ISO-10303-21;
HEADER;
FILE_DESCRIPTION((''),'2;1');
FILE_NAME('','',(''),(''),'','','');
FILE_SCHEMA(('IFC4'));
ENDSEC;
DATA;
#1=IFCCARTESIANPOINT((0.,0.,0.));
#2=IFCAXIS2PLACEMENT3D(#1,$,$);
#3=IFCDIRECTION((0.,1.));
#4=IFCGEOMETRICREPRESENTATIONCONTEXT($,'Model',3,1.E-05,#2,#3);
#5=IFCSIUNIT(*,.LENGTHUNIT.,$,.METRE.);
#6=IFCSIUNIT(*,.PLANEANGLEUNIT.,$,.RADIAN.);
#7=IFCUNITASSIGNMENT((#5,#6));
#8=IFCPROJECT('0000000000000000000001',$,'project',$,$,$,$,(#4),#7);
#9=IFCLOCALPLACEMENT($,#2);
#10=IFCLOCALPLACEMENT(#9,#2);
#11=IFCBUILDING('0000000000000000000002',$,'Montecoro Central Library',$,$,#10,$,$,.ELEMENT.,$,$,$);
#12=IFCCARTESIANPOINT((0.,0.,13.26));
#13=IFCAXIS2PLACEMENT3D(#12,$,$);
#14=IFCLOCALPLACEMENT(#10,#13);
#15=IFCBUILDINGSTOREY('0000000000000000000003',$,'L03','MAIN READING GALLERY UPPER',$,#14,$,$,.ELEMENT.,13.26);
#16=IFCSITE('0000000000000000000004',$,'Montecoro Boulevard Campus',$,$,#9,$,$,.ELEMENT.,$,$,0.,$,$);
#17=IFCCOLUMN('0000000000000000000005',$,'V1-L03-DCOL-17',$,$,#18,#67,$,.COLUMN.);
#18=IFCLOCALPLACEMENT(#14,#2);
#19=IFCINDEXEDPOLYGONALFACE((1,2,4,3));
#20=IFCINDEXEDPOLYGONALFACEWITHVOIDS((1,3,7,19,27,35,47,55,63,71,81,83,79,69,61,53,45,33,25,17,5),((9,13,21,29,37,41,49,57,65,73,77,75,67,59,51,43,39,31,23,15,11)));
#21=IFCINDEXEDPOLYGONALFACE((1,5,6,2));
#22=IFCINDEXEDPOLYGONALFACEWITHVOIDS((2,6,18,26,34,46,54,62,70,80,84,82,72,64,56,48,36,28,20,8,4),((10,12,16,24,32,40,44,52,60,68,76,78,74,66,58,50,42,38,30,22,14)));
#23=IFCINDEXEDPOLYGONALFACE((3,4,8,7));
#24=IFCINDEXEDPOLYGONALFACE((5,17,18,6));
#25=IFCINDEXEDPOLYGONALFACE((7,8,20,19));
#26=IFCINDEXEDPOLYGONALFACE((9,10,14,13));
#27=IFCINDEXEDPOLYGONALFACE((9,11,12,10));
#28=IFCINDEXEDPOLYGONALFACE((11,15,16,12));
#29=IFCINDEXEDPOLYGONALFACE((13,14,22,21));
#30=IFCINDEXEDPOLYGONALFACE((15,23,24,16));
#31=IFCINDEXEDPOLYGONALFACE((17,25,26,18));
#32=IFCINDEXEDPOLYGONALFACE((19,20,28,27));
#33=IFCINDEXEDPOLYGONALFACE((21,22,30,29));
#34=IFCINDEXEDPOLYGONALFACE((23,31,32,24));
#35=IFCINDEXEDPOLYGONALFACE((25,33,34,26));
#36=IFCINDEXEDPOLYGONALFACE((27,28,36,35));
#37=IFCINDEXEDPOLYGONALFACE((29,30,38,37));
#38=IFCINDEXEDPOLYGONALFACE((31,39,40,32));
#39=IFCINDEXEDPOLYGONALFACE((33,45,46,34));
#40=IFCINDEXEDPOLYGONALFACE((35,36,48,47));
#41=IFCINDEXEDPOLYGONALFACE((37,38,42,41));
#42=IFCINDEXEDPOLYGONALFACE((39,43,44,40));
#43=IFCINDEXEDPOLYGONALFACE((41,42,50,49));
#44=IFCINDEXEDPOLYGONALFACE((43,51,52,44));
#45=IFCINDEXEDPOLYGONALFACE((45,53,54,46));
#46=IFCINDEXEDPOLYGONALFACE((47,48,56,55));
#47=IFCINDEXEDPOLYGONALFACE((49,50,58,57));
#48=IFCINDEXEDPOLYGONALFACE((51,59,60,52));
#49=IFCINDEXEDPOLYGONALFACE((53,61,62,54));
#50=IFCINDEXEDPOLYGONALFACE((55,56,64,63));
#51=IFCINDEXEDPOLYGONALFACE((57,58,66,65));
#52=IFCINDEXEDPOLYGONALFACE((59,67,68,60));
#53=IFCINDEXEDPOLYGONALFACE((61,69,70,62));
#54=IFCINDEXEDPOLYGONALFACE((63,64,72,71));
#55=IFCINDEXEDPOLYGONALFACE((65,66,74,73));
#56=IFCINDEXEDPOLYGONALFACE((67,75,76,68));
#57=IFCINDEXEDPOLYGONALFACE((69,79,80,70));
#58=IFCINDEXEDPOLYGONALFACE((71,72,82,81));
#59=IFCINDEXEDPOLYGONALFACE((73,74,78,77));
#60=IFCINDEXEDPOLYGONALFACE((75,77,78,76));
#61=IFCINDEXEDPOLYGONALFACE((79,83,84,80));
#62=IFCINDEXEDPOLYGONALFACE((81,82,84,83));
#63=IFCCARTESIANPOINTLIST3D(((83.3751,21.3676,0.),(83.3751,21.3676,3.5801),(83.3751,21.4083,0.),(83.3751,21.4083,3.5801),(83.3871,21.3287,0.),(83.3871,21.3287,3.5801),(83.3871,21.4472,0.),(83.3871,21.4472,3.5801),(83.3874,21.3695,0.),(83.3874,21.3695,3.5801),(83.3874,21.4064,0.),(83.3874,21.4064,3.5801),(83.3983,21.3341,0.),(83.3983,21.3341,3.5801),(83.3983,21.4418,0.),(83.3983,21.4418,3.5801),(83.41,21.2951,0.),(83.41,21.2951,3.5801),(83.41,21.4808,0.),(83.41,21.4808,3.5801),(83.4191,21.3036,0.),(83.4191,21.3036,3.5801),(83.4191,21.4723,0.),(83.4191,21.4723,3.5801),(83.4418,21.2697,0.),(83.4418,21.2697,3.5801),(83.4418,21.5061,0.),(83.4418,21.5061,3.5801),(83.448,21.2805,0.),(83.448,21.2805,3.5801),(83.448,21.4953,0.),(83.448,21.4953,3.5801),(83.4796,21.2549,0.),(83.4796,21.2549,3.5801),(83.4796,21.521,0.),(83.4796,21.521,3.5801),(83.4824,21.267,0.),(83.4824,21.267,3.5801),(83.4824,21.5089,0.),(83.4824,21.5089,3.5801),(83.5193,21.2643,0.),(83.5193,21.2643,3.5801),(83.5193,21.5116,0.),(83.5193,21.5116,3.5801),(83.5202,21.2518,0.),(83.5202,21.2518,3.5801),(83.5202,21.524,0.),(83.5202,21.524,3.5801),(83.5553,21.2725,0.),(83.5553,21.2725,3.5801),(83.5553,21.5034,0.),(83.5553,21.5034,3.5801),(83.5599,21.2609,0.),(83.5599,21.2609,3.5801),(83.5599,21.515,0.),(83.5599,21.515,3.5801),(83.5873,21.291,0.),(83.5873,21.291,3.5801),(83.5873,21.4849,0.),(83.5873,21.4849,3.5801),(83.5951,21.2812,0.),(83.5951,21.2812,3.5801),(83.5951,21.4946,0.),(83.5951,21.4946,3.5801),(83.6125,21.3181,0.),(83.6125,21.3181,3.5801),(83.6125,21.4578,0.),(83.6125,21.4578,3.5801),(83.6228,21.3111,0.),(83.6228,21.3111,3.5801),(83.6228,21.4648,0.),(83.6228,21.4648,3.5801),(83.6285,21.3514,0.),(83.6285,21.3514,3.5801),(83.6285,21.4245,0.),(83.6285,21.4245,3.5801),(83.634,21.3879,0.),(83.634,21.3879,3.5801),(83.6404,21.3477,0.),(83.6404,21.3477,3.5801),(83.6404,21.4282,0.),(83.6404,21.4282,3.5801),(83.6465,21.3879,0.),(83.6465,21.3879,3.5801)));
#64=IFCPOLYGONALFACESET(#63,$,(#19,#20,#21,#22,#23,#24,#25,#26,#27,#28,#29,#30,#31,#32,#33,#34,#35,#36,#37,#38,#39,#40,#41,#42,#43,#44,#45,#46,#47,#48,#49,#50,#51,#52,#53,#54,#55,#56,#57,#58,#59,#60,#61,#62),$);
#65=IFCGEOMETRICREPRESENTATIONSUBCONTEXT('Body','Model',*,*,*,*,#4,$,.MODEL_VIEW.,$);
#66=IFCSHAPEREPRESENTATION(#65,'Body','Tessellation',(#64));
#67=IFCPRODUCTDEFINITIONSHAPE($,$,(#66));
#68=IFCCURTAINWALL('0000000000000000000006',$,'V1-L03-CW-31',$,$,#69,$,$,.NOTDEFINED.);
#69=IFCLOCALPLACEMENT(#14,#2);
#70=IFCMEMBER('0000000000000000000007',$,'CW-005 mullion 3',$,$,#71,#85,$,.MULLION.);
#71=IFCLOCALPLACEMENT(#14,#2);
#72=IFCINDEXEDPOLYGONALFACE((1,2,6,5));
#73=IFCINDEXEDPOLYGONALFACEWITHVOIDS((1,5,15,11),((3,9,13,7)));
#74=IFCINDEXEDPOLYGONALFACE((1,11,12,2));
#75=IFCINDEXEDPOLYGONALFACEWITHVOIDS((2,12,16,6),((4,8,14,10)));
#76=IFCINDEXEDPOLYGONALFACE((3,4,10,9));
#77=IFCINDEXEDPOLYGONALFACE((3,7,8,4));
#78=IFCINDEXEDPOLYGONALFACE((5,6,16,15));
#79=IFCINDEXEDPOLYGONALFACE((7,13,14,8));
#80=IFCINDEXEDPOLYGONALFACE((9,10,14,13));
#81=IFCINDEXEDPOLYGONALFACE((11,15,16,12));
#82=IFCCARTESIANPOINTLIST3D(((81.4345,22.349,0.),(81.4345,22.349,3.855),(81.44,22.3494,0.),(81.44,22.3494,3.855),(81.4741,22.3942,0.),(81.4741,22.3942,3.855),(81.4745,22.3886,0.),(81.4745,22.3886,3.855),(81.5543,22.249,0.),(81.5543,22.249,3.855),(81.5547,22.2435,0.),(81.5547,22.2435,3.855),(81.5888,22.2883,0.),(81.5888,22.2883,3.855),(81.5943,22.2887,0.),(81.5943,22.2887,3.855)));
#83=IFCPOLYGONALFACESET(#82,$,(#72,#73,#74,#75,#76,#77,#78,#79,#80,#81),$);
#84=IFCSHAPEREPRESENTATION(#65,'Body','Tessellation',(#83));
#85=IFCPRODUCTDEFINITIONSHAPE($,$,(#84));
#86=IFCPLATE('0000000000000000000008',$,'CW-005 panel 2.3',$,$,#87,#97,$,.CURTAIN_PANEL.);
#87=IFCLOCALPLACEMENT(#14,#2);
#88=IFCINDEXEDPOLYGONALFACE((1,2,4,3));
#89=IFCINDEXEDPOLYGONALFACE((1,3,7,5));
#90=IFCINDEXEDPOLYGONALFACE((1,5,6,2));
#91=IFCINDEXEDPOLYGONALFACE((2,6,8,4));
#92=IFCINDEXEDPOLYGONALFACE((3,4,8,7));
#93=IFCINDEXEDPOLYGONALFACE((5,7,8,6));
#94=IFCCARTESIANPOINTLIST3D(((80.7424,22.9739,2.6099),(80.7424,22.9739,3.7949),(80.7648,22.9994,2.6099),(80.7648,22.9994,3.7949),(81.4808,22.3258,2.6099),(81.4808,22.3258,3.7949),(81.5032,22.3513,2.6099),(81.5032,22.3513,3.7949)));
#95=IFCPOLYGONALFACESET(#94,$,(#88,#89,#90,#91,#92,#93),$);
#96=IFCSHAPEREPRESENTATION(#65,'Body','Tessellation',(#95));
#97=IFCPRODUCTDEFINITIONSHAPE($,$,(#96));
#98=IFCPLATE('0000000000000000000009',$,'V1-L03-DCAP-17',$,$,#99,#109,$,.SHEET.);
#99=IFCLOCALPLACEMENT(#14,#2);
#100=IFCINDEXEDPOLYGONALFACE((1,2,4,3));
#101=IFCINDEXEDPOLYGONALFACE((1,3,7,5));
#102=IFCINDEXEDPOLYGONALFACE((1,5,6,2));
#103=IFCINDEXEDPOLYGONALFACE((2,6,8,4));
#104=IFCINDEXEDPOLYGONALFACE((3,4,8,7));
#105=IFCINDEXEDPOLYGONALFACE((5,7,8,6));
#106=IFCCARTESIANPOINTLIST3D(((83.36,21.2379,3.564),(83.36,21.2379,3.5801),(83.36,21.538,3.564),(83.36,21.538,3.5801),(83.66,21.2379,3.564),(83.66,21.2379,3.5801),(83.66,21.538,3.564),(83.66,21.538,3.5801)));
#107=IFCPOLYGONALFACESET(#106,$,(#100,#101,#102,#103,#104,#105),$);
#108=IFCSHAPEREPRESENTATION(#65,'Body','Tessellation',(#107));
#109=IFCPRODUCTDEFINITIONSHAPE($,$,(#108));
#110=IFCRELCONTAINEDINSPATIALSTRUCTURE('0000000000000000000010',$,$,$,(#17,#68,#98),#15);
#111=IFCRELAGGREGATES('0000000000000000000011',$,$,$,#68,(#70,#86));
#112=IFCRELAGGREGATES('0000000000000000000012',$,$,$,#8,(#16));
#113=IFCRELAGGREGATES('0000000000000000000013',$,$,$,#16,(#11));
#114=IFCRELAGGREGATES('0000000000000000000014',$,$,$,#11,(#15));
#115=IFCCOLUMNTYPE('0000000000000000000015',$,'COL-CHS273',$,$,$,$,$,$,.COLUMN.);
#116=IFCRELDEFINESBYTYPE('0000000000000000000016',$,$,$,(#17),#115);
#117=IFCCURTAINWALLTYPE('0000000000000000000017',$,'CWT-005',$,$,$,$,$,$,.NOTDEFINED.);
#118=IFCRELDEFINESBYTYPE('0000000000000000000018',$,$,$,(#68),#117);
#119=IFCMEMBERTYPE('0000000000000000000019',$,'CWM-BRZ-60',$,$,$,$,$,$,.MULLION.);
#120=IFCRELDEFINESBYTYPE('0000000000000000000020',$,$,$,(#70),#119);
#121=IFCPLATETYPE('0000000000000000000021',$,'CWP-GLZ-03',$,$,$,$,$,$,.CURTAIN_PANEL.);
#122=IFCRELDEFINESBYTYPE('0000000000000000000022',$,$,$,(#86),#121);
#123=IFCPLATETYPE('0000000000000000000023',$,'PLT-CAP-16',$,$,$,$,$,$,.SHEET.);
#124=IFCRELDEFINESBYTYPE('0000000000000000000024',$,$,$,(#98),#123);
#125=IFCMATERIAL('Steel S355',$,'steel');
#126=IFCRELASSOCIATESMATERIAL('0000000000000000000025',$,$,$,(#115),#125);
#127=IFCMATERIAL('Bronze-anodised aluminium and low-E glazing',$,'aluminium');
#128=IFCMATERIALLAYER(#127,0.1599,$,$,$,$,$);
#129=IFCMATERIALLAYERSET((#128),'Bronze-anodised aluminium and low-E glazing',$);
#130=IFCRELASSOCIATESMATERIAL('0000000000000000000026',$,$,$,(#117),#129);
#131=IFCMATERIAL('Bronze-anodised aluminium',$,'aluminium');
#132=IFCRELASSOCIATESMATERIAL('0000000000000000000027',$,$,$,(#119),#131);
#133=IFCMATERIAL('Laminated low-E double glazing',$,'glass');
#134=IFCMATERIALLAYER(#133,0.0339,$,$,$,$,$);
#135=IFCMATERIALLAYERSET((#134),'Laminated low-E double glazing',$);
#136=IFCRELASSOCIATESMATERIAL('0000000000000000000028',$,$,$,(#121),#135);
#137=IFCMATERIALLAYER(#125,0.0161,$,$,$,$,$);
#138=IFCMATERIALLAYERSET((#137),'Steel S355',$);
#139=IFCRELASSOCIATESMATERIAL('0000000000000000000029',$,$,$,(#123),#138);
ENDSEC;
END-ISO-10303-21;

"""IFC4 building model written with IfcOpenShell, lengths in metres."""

from ifc_helpers import new_model, si_unit, direction, frame, origin, origin_2d, place, context, subcontext, project, spatial, rectangle, hollow_rectangle, hollow_circle, extrude, material, layer, layer_set, material_profile, profile_set, type_object, element, aggregate, save


model = new_model("IFC4")

# Units and contexts
model_context = context("Model", 3, precision=1e-05, world=origin(), true_north=direction((0.0, 1.0)))
body_context = subcontext(model_context, "Body", "Model", "MODEL_VIEW")
ifc_project = project(units=[si_unit("LENGTHUNIT", "METRE"), si_unit("PLANEANGLEUNIT", "RADIAN")], contexts=[model_context])

# Site, building, storey
site_placement = place(None, origin())
site = spatial("IfcSite", under=ifc_project, at=site_placement, Name="Montecoro Boulevard Campus", CompositionType="ELEMENT", RefElevation=0.0)
building_placement = place(site_placement, origin())
building = spatial("IfcBuilding", under=site, at=building_placement, Name="Montecoro Central Library", CompositionType="ELEMENT")
storey_placement = place(building_placement, frame((0.0, 0.0, 13.26)))
storey = spatial("IfcBuildingStorey", under=building, at=storey_placement, Name="L03", Description="MAIN READING GALLERY UPPER", CompositionType="ELEMENT", Elevation=13.26)

# Column
ifc_material_1 = material(Name="Steel S355", Category="steel")
ifc_material_profile_1 = material_profile(ifc_material_1, hollow_circle(Radius=0.1365, WallThickness=0.0125, at=origin_2d()), Name="CHS 273.0x12.5")
ifc_profile_set_1 = profile_set([ifc_material_profile_1], Name="Steel S355")
column_type = type_object("IfcColumnType", Name="COL-CHS273", PredefinedType="COLUMN", material=ifc_profile_set_1)
column_placement = place(storey_placement, frame((83.51, 21.3879, 0.0), z_axis=(0.0, 0.0, 1.0), x_axis=(1.0, 0.0, 0.0)))
element("IfcColumn", 1, at=column_placement, inside=storey, type_object=column_type, Name="V1-L03-DCOL-17", PredefinedType="COLUMN", context=body_context, shape_type="SweptSolid", body=[
    extrude(hollow_circle(Radius=0.1365, WallThickness=0.0125, at=origin_2d()), origin(), (0.0, 0.0, 1.0), 3.5801),
])

# Curtain wall, member, plate
ifc_material_2 = material(Name="Bronze-anodised aluminium and low-E glazing", Category="aluminium")
ifc_layer_1 = layer(ifc_material_2, 0.1599)
ifc_layer_set_1 = layer_set([ifc_layer_1], Name="Bronze-anodised aluminium and low-E glazing")
curtain_wall_type = type_object("IfcCurtainWallType", Name="CWT-005", PredefinedType="NOTDEFINED", material=ifc_layer_set_1)
curtain_wall_placement = place(storey_placement, origin())
curtain_wall = element("IfcCurtainWall", 2, at=curtain_wall_placement, inside=storey, type_object=curtain_wall_type, Name="V1-L03-CW-31", PredefinedType="NOTDEFINED")
ifc_material_3 = material(Name="Bronze-anodised aluminium", Category="aluminium")
ifc_material_profile_2 = material_profile(ifc_material_3, hollow_rectangle(XDim=0.0601, YDim=0.1599, WallThickness=0.0039, at=origin_2d()), Name="CWM 160x60x4.0")
ifc_profile_set_2 = profile_set([ifc_material_profile_2], Name="Bronze-anodised aluminium")
member_type = type_object("IfcMemberType", Name="CWM-BRZ-60", PredefinedType="MULLION", material=ifc_profile_set_2)
member_placement = place(storey_placement, frame((81.5144, 22.3188, 0.0), z_axis=(0.0, 0.0, 1.0), x_axis=(0.659692, 0.751536, 0.0)))
member = element("IfcMember", 3, at=member_placement, type_object=member_type, Name="CW-005 mullion 3", PredefinedType="MULLION", context=body_context, shape_type="SweptSolid", body=[
    extrude(hollow_rectangle(XDim=0.0601, YDim=0.1599, WallThickness=0.0039, at=origin_2d()), origin(), (0.0, 0.0, 1.0), 3.855),
])
ifc_material_4 = material(Name="Laminated low-E double glazing", Category="glass")
ifc_layer_2 = layer(ifc_material_4, 0.0339)
ifc_layer_set_2 = layer_set([ifc_layer_2], Name="Laminated low-E double glazing")
plate_type_1 = type_object("IfcPlateType", Name="CWP-GLZ-03", PredefinedType="CURTAIN_PANEL", material=ifc_layer_set_2)
plate_1_placement = place(storey_placement, frame((81.1228, 22.6626, 2.6099), z_axis=(0.0, 0.0, 1.0), x_axis=(0.751536, -0.659692, 0.0)))
plate_1 = element("IfcPlate", 4, at=plate_1_placement, type_object=plate_type_1, Name="CW-005 panel 2.3", PredefinedType="CURTAIN_PANEL", context=body_context, shape_type="SweptSolid", body=[
    extrude(rectangle(XDim=0.9824, YDim=0.0339, at=origin_2d()), origin(), (0.0, 0.0, 1.0), 1.1851),
])
aggregate(curtain_wall, [member, plate_1])

# Plate
ifc_layer_3 = layer(ifc_material_1, 0.0161)
ifc_layer_set_3 = layer_set([ifc_layer_3], Name="Steel S355")
plate_type_2 = type_object("IfcPlateType", Name="PLT-CAP-16", PredefinedType="SHEET", material=ifc_layer_set_3)
plate_2_placement = place(storey_placement, frame((83.51, 21.3879, 3.564), z_axis=(0.0, 0.0, 1.0), x_axis=(1.0, 0.0, 0.0)))
element("IfcPlate", 5, at=plate_2_placement, inside=storey, type_object=plate_type_2, Name="V1-L03-DCAP-17", PredefinedType="SHEET", context=body_context, shape_type="SweptSolid", body=[
    extrude(rectangle(XDim=0.3, YDim=0.3, at=origin_2d()), origin(), (0.0, 0.0, 1.0), 0.0161),
])

save(model, "model.ifc")
